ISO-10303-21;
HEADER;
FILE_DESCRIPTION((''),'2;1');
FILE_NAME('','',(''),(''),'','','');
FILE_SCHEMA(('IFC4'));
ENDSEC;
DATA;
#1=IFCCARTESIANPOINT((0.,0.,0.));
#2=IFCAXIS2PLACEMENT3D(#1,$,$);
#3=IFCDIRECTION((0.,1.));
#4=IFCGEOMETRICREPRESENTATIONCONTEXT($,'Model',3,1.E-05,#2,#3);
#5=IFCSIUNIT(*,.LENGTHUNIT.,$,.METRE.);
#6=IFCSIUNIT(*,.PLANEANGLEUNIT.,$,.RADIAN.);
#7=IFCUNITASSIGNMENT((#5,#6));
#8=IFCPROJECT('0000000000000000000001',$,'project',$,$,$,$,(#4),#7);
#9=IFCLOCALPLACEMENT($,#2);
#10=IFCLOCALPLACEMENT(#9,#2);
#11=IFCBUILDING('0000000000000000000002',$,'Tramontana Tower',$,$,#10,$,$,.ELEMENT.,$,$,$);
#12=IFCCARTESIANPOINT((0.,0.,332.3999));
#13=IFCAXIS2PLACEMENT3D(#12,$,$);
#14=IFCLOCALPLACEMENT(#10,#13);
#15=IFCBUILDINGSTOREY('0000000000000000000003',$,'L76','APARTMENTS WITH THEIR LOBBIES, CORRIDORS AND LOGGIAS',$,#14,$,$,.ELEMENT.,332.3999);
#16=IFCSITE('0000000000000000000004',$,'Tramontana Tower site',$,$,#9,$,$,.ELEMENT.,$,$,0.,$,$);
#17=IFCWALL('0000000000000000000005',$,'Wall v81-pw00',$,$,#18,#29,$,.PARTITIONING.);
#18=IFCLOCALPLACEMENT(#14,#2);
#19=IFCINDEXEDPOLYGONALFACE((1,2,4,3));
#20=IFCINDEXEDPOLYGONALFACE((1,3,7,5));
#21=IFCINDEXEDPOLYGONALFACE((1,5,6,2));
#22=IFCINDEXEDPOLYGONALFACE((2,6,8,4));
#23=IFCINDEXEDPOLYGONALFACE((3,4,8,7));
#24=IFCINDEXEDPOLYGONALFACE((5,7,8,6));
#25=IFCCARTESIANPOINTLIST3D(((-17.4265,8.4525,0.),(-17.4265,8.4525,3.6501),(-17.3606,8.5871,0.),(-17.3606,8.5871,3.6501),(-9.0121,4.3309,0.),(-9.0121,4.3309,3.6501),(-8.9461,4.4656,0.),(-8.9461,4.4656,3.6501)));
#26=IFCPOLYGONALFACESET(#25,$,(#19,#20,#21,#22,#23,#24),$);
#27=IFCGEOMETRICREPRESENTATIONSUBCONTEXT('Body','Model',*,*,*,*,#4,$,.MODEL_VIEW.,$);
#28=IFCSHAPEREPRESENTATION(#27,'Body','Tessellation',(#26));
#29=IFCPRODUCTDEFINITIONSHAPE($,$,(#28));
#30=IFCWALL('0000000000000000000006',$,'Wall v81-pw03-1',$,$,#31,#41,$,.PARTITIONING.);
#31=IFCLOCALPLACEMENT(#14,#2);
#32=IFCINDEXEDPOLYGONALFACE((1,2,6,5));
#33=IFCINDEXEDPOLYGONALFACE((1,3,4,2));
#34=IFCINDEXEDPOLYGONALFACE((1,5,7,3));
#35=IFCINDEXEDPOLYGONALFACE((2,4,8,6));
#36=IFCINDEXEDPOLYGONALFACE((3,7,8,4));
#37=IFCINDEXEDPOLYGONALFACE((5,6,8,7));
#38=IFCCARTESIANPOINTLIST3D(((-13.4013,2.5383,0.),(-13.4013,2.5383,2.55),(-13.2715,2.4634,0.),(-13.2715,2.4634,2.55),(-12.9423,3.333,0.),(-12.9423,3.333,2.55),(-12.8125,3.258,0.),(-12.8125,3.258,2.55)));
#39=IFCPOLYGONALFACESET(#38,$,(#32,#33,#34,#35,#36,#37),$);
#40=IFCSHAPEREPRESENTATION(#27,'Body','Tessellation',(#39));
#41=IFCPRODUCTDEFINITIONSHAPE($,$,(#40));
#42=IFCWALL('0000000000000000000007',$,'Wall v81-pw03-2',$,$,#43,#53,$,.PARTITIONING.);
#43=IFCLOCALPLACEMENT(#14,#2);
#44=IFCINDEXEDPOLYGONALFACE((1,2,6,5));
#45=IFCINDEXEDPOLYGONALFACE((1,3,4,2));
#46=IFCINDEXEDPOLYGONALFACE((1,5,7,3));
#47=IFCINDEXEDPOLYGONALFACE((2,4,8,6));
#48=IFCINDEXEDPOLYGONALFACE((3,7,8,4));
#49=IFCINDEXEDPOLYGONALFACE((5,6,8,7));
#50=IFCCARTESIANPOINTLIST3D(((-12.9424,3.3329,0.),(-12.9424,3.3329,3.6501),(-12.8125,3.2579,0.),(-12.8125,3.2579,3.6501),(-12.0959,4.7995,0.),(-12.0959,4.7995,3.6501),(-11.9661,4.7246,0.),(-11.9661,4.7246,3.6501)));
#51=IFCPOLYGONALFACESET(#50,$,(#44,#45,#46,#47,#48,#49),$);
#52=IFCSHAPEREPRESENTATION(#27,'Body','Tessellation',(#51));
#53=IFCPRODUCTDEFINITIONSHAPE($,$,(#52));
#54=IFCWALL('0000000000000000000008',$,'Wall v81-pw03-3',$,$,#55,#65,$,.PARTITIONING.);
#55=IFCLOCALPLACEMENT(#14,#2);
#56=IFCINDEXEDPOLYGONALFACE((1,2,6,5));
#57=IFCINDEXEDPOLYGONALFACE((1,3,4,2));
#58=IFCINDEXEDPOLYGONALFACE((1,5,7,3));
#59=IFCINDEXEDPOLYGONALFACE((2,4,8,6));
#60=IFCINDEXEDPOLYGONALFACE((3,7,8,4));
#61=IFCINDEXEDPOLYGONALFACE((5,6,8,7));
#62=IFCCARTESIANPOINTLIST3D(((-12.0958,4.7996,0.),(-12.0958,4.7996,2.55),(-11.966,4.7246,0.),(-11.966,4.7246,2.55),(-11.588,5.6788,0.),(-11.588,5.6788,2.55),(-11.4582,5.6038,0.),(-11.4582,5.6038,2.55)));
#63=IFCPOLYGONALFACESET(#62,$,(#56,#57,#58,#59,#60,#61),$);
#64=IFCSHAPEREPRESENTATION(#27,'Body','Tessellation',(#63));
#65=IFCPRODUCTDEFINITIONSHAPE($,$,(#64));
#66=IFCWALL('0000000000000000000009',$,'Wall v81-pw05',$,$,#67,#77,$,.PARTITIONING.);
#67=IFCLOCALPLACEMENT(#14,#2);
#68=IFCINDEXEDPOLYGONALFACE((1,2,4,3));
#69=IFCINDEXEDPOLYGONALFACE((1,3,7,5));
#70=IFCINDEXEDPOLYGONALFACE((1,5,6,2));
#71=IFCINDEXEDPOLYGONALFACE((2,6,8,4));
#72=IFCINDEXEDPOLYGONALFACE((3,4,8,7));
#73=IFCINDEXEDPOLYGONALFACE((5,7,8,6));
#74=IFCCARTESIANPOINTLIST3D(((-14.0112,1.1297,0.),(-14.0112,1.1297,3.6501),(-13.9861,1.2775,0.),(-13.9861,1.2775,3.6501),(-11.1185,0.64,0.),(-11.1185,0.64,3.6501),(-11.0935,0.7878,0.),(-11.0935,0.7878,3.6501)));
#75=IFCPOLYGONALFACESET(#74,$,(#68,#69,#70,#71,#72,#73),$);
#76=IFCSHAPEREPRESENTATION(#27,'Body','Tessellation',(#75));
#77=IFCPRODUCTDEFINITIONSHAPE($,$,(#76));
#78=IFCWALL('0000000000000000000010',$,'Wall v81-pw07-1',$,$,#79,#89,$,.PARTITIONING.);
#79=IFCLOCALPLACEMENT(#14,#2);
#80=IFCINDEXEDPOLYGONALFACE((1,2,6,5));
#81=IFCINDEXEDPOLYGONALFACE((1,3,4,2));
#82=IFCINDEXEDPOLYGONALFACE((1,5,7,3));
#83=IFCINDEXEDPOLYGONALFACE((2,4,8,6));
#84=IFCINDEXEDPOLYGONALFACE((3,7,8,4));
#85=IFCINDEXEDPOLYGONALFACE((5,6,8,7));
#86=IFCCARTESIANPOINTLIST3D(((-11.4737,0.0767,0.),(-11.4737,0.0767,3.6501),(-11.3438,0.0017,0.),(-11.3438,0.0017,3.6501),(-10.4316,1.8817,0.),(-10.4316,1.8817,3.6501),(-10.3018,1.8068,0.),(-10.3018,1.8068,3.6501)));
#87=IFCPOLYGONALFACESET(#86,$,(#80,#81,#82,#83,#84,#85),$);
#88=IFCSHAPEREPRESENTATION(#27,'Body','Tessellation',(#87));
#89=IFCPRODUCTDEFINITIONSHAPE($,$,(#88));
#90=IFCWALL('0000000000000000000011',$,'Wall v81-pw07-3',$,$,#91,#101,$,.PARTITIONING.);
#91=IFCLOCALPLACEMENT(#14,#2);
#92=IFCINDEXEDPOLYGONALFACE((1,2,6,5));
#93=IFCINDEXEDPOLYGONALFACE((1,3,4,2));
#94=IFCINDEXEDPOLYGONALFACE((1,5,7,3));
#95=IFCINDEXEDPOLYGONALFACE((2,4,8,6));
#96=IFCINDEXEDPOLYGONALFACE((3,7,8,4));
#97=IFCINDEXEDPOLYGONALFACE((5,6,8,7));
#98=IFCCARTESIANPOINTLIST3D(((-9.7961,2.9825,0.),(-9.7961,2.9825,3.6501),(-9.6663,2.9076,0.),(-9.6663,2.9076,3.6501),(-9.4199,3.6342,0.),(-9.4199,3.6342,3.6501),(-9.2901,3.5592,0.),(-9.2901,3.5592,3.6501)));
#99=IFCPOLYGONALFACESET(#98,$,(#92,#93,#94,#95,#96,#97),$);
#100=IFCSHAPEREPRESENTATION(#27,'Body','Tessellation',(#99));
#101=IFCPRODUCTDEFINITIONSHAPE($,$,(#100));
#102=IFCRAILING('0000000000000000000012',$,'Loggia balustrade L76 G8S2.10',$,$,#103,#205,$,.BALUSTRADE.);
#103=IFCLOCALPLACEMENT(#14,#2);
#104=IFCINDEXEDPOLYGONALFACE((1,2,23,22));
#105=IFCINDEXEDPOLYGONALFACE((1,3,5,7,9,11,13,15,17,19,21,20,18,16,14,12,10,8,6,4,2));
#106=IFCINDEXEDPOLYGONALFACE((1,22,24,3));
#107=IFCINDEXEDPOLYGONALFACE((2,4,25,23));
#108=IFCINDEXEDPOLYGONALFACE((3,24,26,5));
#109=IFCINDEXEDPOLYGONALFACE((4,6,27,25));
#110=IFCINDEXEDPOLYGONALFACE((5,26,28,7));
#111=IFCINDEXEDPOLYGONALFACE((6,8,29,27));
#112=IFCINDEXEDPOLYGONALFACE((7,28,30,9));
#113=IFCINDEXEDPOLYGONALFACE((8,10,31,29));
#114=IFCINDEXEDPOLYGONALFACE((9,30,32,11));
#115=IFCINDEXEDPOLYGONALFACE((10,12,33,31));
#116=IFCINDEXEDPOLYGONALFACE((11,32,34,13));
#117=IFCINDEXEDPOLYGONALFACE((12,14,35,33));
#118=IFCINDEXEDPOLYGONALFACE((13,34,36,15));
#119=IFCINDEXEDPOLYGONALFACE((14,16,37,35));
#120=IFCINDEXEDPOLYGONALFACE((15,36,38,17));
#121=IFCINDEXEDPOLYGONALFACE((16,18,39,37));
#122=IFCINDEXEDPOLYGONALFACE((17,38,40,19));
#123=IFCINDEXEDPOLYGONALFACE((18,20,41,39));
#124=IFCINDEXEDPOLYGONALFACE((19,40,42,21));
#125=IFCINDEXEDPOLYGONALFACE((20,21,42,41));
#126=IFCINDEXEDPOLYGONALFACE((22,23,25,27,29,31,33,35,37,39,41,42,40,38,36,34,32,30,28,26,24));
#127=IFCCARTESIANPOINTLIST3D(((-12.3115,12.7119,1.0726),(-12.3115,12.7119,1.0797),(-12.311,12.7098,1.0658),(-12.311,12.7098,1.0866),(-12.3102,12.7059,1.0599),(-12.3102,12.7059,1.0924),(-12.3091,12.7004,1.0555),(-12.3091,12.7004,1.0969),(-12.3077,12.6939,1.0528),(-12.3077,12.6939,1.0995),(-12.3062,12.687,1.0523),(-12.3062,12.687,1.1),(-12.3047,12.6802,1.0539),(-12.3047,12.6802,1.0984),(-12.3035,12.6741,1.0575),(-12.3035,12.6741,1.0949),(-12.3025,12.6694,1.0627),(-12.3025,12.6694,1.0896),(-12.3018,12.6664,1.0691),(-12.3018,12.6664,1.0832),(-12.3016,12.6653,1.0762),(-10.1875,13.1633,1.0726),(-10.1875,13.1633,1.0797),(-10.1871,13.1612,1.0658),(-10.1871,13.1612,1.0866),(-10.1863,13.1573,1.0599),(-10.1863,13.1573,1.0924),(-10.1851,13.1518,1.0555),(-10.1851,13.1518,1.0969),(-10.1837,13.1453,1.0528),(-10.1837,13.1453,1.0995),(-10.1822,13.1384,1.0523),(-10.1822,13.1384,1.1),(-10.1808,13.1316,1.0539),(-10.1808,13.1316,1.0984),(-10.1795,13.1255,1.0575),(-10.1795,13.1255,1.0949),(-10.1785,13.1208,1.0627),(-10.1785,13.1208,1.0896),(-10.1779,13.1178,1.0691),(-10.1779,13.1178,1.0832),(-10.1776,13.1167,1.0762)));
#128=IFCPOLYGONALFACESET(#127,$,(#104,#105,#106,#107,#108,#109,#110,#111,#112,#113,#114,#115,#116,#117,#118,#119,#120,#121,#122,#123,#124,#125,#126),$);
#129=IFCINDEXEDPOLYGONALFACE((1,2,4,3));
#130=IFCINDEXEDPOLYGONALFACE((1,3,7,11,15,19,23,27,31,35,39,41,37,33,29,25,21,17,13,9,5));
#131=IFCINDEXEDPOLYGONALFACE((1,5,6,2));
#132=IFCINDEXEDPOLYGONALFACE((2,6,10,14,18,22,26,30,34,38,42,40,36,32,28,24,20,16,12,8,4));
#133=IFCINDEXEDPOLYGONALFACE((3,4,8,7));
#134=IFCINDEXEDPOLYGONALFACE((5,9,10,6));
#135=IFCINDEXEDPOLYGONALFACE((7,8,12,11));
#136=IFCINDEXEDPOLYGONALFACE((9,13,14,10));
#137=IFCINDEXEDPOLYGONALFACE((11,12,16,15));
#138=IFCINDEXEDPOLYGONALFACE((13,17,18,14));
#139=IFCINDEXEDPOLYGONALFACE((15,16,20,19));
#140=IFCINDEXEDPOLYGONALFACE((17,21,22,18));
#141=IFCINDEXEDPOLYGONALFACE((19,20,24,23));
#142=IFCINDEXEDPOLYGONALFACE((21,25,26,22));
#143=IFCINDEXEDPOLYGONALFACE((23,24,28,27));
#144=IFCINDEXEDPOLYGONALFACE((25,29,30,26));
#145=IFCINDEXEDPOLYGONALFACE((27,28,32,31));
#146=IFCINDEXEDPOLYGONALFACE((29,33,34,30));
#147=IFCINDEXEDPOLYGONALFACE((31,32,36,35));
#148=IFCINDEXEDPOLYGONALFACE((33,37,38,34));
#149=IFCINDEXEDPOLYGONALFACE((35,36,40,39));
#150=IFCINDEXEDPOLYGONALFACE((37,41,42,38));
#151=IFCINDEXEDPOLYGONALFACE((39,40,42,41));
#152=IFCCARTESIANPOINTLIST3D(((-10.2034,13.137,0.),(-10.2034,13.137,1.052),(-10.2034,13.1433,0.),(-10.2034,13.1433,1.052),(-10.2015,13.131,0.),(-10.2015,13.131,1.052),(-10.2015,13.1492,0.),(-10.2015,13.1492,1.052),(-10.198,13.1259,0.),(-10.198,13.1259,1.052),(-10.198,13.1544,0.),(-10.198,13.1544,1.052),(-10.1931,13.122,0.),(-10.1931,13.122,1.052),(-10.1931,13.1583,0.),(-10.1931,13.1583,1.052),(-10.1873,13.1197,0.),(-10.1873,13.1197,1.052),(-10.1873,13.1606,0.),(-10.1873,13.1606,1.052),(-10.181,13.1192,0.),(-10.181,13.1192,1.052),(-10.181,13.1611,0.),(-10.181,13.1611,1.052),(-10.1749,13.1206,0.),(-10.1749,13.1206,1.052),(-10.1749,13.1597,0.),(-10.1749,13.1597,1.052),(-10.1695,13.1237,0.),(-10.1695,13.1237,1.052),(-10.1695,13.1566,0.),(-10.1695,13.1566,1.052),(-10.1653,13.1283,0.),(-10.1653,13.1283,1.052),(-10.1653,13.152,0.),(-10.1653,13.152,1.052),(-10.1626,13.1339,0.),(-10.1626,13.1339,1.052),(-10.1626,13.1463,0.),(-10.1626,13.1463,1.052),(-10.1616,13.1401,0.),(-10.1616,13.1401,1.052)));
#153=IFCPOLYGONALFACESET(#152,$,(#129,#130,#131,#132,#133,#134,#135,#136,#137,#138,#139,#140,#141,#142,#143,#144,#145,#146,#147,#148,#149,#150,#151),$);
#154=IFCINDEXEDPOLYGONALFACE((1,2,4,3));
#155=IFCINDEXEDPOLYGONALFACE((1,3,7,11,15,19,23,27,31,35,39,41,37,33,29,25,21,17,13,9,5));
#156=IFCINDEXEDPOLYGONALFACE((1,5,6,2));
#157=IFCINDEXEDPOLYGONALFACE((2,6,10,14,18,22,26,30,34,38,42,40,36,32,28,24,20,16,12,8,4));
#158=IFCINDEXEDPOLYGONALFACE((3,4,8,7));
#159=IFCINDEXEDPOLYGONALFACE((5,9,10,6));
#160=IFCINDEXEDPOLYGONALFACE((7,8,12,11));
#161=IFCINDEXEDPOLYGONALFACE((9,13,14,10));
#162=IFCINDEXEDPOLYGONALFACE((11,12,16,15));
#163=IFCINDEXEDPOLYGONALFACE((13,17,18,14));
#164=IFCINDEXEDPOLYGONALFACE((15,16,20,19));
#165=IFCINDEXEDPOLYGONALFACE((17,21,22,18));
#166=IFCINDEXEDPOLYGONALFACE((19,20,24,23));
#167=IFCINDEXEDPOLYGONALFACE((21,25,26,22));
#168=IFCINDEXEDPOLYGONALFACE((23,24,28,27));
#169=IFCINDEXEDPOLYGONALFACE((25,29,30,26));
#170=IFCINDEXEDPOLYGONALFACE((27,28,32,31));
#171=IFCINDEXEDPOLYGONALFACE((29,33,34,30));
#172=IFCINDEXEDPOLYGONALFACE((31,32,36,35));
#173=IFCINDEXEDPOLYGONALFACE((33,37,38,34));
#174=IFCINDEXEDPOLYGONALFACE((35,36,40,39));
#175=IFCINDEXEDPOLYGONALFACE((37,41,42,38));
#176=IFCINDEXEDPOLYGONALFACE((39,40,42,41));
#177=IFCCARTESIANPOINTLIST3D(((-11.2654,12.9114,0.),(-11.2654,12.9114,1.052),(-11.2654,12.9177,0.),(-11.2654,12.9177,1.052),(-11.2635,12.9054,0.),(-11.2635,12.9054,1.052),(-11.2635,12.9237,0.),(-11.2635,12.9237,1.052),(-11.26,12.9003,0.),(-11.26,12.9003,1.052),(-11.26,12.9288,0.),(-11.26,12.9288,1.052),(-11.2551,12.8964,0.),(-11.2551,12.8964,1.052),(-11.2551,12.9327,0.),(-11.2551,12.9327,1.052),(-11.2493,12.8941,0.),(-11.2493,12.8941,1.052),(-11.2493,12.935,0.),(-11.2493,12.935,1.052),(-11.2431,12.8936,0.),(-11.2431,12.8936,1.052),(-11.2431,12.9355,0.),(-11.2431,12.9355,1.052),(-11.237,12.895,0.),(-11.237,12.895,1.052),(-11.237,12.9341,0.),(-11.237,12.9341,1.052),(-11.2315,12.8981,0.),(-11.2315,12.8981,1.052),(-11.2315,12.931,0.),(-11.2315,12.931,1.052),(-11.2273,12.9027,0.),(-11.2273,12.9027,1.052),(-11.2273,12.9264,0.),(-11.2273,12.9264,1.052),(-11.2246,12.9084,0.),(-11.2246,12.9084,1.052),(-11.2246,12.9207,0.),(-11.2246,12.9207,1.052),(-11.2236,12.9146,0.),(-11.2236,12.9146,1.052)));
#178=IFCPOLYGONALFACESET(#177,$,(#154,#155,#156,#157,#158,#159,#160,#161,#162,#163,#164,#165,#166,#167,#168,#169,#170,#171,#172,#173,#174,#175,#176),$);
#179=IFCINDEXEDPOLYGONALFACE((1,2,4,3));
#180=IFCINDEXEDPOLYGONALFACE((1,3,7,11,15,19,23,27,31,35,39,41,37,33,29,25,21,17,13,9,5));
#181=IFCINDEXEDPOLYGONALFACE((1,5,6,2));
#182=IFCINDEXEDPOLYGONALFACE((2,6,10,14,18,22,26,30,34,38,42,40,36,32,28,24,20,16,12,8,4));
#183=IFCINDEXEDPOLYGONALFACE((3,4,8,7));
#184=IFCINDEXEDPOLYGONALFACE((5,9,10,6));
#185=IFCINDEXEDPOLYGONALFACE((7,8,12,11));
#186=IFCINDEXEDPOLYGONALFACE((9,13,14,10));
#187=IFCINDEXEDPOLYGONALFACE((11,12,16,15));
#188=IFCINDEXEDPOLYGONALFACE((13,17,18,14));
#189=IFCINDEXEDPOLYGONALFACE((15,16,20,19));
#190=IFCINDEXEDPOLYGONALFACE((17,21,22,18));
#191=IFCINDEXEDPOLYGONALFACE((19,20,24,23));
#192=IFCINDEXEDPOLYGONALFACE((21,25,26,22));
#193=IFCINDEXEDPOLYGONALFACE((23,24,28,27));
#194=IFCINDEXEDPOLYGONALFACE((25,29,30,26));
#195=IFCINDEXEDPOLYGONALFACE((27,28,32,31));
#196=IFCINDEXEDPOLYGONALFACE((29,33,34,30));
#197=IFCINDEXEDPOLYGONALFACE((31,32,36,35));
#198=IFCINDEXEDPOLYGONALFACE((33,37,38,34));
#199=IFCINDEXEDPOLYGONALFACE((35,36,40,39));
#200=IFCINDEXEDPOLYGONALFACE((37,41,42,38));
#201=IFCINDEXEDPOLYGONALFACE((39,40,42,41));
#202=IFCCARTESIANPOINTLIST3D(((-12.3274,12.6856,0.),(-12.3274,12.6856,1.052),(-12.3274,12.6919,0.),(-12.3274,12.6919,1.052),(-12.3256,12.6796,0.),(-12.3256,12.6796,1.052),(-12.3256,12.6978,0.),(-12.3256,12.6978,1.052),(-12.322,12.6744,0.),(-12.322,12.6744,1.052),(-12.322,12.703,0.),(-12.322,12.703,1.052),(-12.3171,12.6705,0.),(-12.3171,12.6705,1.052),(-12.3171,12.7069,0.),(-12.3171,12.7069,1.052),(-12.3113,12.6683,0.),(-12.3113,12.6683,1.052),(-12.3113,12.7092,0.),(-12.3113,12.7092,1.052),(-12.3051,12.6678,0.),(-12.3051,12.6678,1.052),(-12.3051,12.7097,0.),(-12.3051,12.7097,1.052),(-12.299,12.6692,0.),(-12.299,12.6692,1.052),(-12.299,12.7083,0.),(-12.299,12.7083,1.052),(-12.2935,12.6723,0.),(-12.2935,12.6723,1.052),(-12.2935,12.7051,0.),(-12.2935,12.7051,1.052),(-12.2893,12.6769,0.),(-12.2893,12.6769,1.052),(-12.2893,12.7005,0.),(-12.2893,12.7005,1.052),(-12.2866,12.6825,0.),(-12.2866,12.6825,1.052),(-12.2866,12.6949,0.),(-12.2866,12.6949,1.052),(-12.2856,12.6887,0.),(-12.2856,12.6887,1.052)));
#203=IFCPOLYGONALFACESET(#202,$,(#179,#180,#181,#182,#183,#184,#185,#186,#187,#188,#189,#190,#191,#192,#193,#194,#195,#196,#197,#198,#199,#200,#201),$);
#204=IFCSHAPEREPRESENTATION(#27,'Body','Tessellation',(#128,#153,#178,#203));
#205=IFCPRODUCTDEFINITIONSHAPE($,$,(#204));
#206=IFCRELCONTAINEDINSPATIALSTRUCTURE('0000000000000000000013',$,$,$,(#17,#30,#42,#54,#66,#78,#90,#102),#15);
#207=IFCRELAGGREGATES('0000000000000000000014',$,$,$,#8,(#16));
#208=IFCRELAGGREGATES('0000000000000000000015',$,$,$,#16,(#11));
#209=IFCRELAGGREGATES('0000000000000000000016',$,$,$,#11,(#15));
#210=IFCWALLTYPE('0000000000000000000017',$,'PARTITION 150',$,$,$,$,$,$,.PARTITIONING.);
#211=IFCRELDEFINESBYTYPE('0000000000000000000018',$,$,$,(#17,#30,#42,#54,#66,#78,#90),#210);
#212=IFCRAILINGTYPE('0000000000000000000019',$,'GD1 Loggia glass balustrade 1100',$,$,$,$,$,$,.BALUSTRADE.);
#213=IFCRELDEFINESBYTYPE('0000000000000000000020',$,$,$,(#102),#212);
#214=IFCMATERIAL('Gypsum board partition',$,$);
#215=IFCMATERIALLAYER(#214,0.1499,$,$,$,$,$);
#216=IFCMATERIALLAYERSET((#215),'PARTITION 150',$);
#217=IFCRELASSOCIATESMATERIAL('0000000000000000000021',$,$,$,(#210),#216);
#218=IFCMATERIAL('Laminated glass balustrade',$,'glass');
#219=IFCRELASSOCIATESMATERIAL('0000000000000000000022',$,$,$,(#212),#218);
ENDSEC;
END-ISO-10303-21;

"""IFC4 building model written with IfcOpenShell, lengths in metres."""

from ifc_helpers import new_model, si_unit, direction, frame, frame_2d, origin, origin_2d, place, context, subcontext, project, spatial, rectangle, circle, extrude, material, layer, layer_set, type_object, element, save


model = new_model("IFC4")

# Units and contexts
model_context = context("Model", 3, precision=1e-05, world=origin(), true_north=direction((0.0, 1.0)))
body_context = subcontext(model_context, "Body", "Model", "MODEL_VIEW")
ifc_project = project(units=[si_unit("LENGTHUNIT", "METRE"), si_unit("PLANEANGLEUNIT", "RADIAN")], contexts=[model_context])

# Site, building, storey
site_placement = place(None, origin())
site = spatial("IfcSite", under=ifc_project, at=site_placement, Name="Tramontana Tower site", CompositionType="ELEMENT", RefElevation=0.0)
building_placement = place(site_placement, origin())
building = spatial("IfcBuilding", under=site, at=building_placement, Name="Tramontana Tower", CompositionType="ELEMENT")
storey_placement = place(building_placement, frame((0.0, 0.0, 332.3999)))
storey = spatial("IfcBuildingStorey", under=building, at=storey_placement, Name="L76", Description="APARTMENTS WITH THEIR LOBBIES, CORRIDORS AND LOGGIAS", CompositionType="ELEMENT", Elevation=332.3999)

# Wall
ifc_material_1 = material(Name="Gypsum board partition")
ifc_layer_1 = layer(ifc_material_1, 0.1499)
ifc_layer_set_1 = layer_set([ifc_layer_1], Name="PARTITION 150")
wall_type_1 = type_object("IfcWallType", Name="PARTITION 150", PredefinedType="PARTITIONING", material=ifc_layer_set_1)
wall_1_placement = place(storey_placement, frame((-17.3936, 8.5198, 0.0), z_axis=(0.0, 0.0, 1.0), x_axis=(0.898056, -0.439882, 0.0)))
element("IfcWall", 1, at=wall_1_placement, inside=storey, type_object=wall_type_1, Name="Wall v81-pw00", PredefinedType="PARTITIONING", context=body_context, shape_type="SweptSolid", body=[
    extrude(rectangle(XDim=9.3696, YDim=0.1499, at=frame_2d((4.6848, 0.0))), origin(), (0.0, 0.0, 1.0), 3.6501),
])

# Walls
wall_2_placement = place(storey_placement, frame((-13.3364, 2.5007, 0.0), z_axis=(0.0, 0.0, 1.0), x_axis=(0.500145, 0.865942, 0.0)))
element("IfcWall", 2, at=wall_2_placement, inside=storey, type_object=wall_type_1, Name="Wall v81-pw03-1", PredefinedType="PARTITIONING", context=body_context, shape_type="SweptSolid", body=[
    extrude(rectangle(XDim=0.9177, YDim=0.1499, at=frame_2d((0.459, 0.0))), origin(), (0.0, 0.0, 1.0), 2.55),
])
wall_3_placement = place(storey_placement, frame((-12.8774, 3.2954, 0.0), z_axis=(0.0, 0.0, 1.0), x_axis=(0.499876, 0.866097, 0.0)))
element("IfcWall", 3, at=wall_3_placement, inside=storey, type_object=wall_type_1, Name="Wall v81-pw03-2", PredefinedType="PARTITIONING", context=body_context, shape_type="SweptSolid", body=[
    extrude(rectangle(XDim=1.6934, YDim=0.1499, at=frame_2d((0.8467, 0.0))), origin(), (0.0, 0.0, 1.0), 3.6501),
])
wall_4_placement = place(storey_placement, frame((-12.031, 4.762, 0.0), z_axis=(0.0, 0.0, 1.0), x_axis=(0.500173, 0.865925, 0.0)))
element("IfcWall", 4, at=wall_4_placement, inside=storey, type_object=wall_type_1, Name="Wall v81-pw03-3", PredefinedType="PARTITIONING", context=body_context, shape_type="SweptSolid", body=[
    extrude(rectangle(XDim=1.0154, YDim=0.1499, at=frame_2d((0.5078, 0.0))), origin(), (0.0, 0.0, 1.0), 2.55),
])
wall_5_placement = place(storey_placement, frame((-13.9985, 1.2036, 0.0), z_axis=(0.0, 0.0, 1.0), x_axis=(0.985968, -0.166935, 0.0)))
element("IfcWall", 5, at=wall_5_placement, inside=storey, type_object=wall_type_1, Name="Wall v81-pw05", PredefinedType="PARTITIONING", context=body_context, shape_type="SweptSolid", body=[
    extrude(rectangle(XDim=2.9338, YDim=0.1499, at=frame_2d((1.4668, 0.0))), origin(), (0.0, 0.0, 1.0), 3.6501),
])
wall_6_placement = place(storey_placement, frame((-11.4087, 0.0393, 0.0), z_axis=(0.0, 0.0, 1.0), x_axis=(0.499969, 0.866043, 0.0)))
element("IfcWall", 6, at=wall_6_placement, inside=storey, type_object=wall_type_1, Name="Wall v81-pw07-1", PredefinedType="PARTITIONING", context=body_context, shape_type="SweptSolid", body=[
    extrude(rectangle(XDim=2.0842, YDim=0.1499, at=frame_2d((1.042, 0.0))), origin(), (0.0, 0.0, 1.0), 3.6501),
])

# Wall
wall_7_placement = place(storey_placement, frame((-9.7312, 2.9451, 0.0), z_axis=(0.0, 0.0, 1.0), x_axis=(0.500013, 0.866018, 0.0)))
element("IfcWall", 7, at=wall_7_placement, inside=storey, type_object=wall_type_1, Name="Wall v81-pw07-3", PredefinedType="PARTITIONING", context=body_context, shape_type="SweptSolid", body=[
    extrude(rectangle(XDim=0.7524, YDim=0.1499, at=frame_2d((0.3762, 0.0))), origin(), (0.0, 0.0, 1.0), 3.6501),
])

# Railing
ifc_material_2 = material(Name="Laminated glass balustrade", Category="glass")
railing_type = type_object("IfcRailingType", Name="GD1 Loggia glass balustrade 1100", PredefinedType="BALUSTRADE", material=ifc_material_2)
railing_1_placement = place(storey_placement, frame((-10.1826, 13.1401, 0.0)))
element("IfcRailing", 8, at=railing_1_placement, inside=storey, type_object=railing_type, Name="Loggia balustrade L76 G8S2.10", PredefinedType="BALUSTRADE", context=body_context, shape_type="SweptSolid", body=[
    extrude(circle(Radius=0.0239, at=origin_2d()), frame((0.0, 0.0, 1.0762), z_axis=(-0.978153, -0.207886, 0.0), x_axis=(0.207886, -0.978153, 0.0)), (0.0, 0.0, 1.0), 2.1714),
    extrude(circle(Radius=0.021, at=origin_2d()), origin(), (0.0, 0.0, 1.0), 1.052),
    extrude(circle(Radius=0.021, at=origin_2d()), frame((-1.062, -0.2256, 0.0)), (0.0, 0.0, 1.0), 1.052),
    extrude(circle(Radius=0.021, at=origin_2d()), frame((-2.124, -0.4514, 0.0)), (0.0, 0.0, 1.0), 1.052),
])

save(model, "model.ifc")
